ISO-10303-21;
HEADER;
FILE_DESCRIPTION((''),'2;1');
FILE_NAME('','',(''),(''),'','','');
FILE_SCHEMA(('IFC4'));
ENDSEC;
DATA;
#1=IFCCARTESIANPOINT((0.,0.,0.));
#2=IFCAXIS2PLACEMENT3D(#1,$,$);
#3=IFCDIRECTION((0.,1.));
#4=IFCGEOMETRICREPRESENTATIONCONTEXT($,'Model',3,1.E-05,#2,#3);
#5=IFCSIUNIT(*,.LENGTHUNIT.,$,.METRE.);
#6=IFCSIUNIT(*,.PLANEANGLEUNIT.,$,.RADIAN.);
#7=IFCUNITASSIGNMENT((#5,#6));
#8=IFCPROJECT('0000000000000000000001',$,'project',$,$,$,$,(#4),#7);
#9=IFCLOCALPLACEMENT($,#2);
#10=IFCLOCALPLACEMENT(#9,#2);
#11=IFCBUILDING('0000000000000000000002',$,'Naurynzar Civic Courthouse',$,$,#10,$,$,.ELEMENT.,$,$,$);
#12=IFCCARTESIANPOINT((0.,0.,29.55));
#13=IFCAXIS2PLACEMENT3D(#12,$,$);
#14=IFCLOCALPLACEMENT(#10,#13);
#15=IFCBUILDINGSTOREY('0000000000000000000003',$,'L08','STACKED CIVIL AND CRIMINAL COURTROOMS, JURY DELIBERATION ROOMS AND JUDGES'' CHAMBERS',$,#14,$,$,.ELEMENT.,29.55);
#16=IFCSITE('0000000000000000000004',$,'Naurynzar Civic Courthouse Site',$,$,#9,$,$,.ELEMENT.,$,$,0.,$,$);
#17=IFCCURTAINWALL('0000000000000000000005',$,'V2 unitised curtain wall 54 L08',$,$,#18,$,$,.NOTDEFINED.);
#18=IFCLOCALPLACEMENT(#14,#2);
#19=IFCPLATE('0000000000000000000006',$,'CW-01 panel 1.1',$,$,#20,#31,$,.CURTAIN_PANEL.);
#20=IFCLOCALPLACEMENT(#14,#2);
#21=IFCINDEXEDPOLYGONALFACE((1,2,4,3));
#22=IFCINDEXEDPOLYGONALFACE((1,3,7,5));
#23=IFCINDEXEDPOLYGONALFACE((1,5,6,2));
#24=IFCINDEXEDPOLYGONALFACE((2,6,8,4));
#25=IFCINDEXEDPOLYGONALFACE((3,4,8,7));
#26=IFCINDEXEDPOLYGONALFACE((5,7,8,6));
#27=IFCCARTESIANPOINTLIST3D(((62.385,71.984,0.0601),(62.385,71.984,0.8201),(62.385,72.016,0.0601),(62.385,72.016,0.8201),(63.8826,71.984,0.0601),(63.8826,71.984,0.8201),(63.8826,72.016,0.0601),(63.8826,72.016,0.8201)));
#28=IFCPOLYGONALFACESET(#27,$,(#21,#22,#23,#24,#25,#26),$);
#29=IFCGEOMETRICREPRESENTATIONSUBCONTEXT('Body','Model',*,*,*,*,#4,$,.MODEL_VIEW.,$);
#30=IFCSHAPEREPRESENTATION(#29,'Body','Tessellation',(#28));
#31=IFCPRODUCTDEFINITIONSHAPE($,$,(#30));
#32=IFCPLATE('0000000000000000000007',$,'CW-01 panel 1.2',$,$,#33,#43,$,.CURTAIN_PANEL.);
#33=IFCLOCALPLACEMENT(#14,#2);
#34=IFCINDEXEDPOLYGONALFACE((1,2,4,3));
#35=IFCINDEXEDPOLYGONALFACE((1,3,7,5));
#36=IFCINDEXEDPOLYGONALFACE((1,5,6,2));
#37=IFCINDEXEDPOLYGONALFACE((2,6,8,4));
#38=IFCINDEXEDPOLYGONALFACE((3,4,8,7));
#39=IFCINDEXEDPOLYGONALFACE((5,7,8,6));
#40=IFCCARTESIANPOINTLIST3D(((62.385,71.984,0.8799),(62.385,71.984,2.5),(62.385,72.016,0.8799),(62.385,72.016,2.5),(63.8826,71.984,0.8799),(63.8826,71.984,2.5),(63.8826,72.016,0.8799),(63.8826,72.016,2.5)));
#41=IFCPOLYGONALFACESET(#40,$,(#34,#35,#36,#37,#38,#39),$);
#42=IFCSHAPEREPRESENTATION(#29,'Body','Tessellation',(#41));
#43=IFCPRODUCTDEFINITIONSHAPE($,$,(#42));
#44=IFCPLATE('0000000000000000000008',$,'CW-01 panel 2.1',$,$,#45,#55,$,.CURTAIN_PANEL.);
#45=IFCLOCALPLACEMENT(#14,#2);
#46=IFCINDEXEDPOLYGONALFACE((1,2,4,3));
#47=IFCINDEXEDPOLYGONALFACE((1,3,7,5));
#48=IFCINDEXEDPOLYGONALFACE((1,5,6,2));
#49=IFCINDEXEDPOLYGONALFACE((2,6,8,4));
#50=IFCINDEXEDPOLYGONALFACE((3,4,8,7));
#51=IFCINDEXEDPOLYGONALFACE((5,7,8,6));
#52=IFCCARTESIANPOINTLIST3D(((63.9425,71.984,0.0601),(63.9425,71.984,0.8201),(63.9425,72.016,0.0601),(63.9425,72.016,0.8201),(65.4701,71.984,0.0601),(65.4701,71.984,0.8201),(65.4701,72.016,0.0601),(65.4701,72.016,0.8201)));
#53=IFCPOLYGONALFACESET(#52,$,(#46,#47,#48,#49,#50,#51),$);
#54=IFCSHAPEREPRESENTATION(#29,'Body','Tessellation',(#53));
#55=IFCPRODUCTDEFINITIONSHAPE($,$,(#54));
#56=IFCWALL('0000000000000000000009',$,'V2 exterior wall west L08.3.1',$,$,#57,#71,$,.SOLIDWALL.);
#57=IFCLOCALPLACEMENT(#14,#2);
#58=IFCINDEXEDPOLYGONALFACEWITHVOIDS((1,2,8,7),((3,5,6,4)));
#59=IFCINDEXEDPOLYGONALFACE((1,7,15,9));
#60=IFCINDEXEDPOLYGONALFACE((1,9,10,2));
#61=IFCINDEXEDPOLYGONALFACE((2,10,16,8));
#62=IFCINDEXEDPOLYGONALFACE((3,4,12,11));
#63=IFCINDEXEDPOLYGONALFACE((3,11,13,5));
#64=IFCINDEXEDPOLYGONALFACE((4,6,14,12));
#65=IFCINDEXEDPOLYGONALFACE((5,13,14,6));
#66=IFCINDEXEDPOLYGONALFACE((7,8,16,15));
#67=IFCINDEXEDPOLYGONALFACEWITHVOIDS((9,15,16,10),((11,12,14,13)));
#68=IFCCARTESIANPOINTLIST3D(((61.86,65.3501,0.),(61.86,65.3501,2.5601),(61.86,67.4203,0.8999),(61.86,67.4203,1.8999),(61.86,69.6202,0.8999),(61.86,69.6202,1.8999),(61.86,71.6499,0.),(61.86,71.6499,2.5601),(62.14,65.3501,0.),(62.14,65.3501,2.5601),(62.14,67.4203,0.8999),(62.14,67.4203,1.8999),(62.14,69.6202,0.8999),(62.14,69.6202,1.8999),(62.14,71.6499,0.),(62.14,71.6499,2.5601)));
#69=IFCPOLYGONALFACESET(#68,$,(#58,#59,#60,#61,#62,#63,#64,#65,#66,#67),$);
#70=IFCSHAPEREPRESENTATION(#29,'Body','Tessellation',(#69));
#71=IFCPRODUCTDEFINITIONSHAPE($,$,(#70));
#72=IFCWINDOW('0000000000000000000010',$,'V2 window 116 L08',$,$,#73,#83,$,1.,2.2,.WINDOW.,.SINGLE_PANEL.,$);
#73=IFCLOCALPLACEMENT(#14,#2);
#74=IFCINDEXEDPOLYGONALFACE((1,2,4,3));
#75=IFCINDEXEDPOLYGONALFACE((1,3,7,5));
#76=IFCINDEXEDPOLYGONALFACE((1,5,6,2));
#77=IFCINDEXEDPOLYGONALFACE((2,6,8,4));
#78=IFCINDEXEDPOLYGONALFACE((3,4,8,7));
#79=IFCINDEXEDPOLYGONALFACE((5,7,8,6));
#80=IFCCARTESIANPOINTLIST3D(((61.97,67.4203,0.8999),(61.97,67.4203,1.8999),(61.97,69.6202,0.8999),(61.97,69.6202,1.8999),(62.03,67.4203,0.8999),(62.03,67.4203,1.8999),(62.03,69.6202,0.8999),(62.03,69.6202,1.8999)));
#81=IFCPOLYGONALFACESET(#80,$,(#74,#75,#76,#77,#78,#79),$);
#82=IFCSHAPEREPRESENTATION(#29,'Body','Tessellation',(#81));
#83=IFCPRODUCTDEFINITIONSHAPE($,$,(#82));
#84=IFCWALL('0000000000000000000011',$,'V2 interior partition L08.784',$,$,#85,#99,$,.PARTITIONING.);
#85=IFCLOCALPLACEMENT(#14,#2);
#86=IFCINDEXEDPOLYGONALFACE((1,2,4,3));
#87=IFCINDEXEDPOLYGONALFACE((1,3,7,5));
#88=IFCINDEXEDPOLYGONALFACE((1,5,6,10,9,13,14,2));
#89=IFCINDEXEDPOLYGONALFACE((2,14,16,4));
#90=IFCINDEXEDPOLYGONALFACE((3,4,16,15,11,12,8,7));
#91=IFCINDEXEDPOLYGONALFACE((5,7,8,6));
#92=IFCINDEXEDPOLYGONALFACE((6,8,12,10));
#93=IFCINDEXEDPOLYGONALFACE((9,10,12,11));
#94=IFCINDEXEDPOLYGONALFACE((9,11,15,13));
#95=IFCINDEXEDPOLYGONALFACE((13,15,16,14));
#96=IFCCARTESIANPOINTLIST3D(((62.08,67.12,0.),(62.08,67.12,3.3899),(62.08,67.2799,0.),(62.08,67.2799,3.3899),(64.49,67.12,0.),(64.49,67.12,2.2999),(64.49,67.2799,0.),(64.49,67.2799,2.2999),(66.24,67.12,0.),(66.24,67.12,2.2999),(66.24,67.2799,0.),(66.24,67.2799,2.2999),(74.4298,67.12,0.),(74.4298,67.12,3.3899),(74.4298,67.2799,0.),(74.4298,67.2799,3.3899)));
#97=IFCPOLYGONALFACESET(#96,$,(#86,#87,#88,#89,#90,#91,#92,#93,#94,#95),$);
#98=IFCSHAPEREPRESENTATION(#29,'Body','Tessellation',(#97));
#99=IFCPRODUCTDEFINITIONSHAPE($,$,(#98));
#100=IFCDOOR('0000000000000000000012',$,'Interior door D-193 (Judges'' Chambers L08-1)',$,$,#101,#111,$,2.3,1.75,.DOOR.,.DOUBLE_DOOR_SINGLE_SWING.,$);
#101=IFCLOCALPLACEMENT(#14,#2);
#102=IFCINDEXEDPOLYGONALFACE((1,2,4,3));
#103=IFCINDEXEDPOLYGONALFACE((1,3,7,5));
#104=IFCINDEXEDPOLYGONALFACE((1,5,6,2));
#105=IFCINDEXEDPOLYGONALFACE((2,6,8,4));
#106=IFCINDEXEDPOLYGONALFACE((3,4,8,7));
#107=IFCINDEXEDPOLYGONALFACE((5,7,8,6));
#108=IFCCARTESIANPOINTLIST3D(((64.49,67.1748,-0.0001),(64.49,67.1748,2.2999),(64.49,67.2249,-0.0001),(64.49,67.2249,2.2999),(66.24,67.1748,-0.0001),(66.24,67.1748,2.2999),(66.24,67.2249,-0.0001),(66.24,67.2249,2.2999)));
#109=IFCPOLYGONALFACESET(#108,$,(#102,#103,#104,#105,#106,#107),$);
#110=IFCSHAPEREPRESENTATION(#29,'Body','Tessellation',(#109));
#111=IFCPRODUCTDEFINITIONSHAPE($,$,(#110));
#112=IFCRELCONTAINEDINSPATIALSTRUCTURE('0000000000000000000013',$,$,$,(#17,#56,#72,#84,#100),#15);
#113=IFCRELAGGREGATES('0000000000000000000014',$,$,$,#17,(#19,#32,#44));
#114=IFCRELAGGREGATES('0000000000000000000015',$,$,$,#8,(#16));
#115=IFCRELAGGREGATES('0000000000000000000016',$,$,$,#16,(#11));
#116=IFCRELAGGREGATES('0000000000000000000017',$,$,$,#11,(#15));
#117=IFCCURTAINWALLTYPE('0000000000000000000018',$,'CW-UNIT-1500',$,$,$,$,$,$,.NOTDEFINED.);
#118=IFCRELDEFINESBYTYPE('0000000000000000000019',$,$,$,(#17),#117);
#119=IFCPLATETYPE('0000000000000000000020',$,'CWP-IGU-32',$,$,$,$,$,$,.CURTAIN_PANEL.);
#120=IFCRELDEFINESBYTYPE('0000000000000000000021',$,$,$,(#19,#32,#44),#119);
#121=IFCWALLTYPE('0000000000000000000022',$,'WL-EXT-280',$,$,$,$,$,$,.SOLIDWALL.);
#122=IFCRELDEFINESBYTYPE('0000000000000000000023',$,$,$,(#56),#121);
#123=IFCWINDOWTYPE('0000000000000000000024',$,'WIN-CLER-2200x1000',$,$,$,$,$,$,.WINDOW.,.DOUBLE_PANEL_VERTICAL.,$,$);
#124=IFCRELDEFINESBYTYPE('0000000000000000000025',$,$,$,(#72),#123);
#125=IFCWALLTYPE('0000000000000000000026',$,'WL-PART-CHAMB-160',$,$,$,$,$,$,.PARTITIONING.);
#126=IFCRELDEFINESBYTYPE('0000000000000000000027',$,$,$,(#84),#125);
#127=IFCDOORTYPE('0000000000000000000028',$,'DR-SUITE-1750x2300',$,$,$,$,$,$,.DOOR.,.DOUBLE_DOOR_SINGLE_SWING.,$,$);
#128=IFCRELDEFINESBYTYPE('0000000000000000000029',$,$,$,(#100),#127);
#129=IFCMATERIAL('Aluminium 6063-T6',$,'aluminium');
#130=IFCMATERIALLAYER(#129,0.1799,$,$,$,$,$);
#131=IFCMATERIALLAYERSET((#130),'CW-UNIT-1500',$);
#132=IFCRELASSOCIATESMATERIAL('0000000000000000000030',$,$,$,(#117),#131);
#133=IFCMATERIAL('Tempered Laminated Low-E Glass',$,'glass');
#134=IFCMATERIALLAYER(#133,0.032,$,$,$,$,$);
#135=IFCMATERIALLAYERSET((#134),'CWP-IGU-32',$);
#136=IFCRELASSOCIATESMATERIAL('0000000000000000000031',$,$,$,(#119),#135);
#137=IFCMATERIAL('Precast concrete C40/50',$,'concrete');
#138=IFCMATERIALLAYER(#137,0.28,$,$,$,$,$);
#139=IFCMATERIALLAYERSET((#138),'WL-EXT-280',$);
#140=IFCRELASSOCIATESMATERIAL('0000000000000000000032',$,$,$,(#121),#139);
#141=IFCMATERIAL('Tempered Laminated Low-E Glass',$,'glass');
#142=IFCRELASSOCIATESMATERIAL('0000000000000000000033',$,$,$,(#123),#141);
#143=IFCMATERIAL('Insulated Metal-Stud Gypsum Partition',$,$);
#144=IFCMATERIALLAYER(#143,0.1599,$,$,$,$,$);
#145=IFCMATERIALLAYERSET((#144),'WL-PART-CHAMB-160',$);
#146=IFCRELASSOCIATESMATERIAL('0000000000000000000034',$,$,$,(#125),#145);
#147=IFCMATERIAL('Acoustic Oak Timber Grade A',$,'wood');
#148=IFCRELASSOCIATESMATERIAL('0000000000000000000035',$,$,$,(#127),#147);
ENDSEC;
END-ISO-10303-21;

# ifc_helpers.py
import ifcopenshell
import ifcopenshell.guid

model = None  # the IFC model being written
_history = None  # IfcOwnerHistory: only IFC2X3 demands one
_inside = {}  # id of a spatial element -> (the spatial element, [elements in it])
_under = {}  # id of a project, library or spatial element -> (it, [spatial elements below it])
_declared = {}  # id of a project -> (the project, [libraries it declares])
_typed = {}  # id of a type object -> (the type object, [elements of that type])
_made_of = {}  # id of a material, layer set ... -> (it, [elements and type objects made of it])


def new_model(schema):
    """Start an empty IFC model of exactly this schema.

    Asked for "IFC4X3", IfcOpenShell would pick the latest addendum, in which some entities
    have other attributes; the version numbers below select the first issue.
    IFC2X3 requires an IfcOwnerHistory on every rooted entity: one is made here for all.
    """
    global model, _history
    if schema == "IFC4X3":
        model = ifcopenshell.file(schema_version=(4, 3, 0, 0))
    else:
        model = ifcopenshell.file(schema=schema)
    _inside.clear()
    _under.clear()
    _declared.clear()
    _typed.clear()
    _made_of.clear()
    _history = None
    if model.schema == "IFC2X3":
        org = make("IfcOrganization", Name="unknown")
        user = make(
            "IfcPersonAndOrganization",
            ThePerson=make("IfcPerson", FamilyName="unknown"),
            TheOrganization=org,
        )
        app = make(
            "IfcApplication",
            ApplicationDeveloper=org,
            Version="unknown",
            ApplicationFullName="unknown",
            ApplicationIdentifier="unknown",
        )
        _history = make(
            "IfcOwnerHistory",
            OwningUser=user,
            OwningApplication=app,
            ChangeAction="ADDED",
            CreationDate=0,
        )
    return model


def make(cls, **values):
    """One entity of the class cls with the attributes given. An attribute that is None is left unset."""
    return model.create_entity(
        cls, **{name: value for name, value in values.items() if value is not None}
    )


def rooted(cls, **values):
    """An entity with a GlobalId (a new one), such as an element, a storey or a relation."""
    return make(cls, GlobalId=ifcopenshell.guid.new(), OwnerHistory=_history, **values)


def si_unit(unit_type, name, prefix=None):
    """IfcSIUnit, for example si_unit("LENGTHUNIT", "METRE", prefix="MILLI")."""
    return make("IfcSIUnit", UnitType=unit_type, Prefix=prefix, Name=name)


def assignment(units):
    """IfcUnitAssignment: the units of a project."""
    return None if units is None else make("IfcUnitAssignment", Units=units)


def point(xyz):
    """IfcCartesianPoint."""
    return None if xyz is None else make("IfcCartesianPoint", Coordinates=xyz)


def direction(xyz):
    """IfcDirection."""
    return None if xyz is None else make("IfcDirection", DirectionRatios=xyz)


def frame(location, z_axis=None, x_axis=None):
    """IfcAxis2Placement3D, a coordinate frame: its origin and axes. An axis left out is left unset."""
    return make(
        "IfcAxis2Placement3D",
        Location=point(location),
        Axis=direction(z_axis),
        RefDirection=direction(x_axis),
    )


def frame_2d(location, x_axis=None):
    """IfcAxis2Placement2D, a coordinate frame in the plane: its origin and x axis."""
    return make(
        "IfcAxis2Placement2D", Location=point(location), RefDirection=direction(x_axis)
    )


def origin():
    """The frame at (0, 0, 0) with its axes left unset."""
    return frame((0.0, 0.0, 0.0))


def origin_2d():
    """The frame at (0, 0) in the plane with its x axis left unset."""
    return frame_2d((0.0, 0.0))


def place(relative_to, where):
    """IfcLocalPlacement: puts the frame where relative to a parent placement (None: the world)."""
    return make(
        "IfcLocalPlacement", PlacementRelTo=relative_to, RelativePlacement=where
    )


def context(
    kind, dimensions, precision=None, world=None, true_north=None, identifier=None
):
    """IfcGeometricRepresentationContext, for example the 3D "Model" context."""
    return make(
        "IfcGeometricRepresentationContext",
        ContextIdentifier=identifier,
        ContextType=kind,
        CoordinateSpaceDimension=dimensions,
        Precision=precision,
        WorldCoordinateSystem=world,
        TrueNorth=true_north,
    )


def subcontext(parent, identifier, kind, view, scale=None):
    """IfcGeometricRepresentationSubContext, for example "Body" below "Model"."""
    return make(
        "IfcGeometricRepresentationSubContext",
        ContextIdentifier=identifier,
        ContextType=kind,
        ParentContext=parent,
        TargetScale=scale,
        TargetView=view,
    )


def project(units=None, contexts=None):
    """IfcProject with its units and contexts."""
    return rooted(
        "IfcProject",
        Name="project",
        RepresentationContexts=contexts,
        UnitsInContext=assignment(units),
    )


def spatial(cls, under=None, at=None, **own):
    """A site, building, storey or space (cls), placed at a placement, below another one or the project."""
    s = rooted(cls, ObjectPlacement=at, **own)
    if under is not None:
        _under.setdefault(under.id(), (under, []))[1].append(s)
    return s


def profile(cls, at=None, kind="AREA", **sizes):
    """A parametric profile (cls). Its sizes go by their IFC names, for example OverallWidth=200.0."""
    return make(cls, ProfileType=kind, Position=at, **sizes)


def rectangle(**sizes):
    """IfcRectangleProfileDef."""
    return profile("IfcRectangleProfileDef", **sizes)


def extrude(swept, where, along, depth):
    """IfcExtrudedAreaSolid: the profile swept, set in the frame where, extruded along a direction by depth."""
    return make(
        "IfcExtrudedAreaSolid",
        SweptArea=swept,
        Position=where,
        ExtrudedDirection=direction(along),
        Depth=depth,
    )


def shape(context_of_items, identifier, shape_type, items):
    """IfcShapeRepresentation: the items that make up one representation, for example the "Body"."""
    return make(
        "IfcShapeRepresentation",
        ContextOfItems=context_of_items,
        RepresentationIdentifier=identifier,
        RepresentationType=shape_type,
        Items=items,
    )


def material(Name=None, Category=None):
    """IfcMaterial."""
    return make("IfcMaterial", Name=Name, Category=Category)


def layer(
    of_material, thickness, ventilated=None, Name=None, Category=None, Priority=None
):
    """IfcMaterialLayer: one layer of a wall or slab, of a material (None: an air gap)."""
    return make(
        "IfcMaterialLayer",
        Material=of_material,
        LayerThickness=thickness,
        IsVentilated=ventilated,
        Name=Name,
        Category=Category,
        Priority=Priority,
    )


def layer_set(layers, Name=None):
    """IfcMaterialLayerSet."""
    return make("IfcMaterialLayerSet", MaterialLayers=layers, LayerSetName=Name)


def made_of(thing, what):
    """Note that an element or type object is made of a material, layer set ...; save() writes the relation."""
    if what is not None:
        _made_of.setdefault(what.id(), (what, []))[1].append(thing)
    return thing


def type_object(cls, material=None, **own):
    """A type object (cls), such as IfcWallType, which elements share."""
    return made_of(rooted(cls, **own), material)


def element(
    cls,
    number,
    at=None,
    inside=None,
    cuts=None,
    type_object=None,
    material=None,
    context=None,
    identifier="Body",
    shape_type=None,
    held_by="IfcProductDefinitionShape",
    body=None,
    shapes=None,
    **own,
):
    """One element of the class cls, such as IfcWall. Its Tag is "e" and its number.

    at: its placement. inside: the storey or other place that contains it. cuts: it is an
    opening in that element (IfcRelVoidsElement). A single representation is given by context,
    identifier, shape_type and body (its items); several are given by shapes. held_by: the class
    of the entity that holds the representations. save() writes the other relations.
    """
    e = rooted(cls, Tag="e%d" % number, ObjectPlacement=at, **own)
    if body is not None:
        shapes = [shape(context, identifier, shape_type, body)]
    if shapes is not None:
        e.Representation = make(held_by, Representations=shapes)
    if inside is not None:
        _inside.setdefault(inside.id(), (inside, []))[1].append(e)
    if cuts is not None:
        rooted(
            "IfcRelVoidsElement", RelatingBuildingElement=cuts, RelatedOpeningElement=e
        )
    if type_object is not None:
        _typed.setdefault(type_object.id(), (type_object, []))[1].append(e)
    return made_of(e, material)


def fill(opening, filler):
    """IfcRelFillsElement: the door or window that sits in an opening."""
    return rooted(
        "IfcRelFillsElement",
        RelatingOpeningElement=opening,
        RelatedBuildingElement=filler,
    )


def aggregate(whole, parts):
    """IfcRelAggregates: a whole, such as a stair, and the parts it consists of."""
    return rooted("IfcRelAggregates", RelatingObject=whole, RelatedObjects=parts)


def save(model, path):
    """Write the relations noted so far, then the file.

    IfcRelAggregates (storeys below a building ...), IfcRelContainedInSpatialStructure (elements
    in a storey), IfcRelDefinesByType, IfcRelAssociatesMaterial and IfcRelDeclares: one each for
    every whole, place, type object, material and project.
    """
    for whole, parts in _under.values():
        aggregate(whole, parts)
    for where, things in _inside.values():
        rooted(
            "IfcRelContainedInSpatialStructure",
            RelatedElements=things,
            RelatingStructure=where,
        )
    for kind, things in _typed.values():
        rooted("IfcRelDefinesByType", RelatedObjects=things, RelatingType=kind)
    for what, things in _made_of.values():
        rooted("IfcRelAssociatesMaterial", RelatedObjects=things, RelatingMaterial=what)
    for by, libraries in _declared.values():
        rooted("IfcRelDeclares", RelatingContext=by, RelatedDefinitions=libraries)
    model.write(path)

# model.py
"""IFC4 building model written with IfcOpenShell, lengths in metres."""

from ifc_helpers import new_model, si_unit, direction, frame, frame_2d, origin, origin_2d, place, context, subcontext, project, spatial, rectangle, extrude, material, layer, layer_set, type_object, element, fill, aggregate, save


model = new_model("IFC4")

# Units and contexts
model_context = context("Model", 3, precision=1e-05, world=origin(), true_north=direction((0.0, 1.0)))
body_context = subcontext(model_context, "Body", "Model", "MODEL_VIEW")
ifc_project = project(units=[si_unit("LENGTHUNIT", "METRE"), si_unit("PLANEANGLEUNIT", "RADIAN")], contexts=[model_context])

# Site, building, storey
site_placement = place(None, origin())
site = spatial("IfcSite", under=ifc_project, at=site_placement, Name="Naurynzar Civic Courthouse Site", CompositionType="ELEMENT", RefElevation=0.0)
building_placement = place(site_placement, origin())
building = spatial("IfcBuilding", under=site, at=building_placement, Name="Naurynzar Civic Courthouse", CompositionType="ELEMENT")
storey_placement = place(building_placement, frame((0.0, 0.0, 29.55)))
storey = spatial("IfcBuildingStorey", under=building, at=storey_placement, Name="L08", Description="STACKED CIVIL AND CRIMINAL COURTROOMS, JURY DELIBERATION ROOMS AND JUDGES' CHAMBERS", CompositionType="ELEMENT", Elevation=29.55)

# Curtain wall, plates
ifc_material_1 = material(Name="Aluminium 6063-T6", Category="aluminium")
ifc_layer_1 = layer(ifc_material_1, 0.1799)
ifc_layer_set_1 = layer_set([ifc_layer_1], Name="CW-UNIT-1500")
curtain_wall_type = type_object("IfcCurtainWallType", Name="CW-UNIT-1500", PredefinedType="NOTDEFINED", material=ifc_layer_set_1)
curtain_wall_placement = place(storey_placement, origin())
curtain_wall = element("IfcCurtainWall", 1, at=curtain_wall_placement, inside=storey, type_object=curtain_wall_type, Name="V2 unitised curtain wall 54 L08", PredefinedType="NOTDEFINED")
ifc_material_2 = material(Name="Tempered Laminated Low-E Glass", Category="glass")
ifc_layer_2 = layer(ifc_material_2, 0.032)
ifc_layer_set_2 = layer_set([ifc_layer_2], Name="CWP-IGU-32")
plate_type = type_object("IfcPlateType", Name="CWP-IGU-32", PredefinedType="CURTAIN_PANEL", material=ifc_layer_set_2)
plate_1_placement = place(storey_placement, frame((63.1338, 72.0, 0.0601), z_axis=(0.0, 0.0, 1.0), x_axis=(1.0, 0.0, 0.0)))
plate_1 = element("IfcPlate", 2, at=plate_1_placement, type_object=plate_type, Name="CW-01 panel 1.1", PredefinedType="CURTAIN_PANEL", context=body_context, shape_type="SweptSolid", body=[
    extrude(rectangle(XDim=1.4976, YDim=0.032, at=origin_2d()), origin(), (0.0, 0.0, 1.0), 0.76),
])
plate_2_placement = place(storey_placement, frame((63.1338, 72.0, 0.8799), z_axis=(0.0, 0.0, 1.0), x_axis=(1.0, 0.0, 0.0)))
plate_2 = element("IfcPlate", 3, at=plate_2_placement, type_object=plate_type, Name="CW-01 panel 1.2", PredefinedType="CURTAIN_PANEL", context=body_context, shape_type="SweptSolid", body=[
    extrude(rectangle(XDim=1.4976, YDim=0.032, at=origin_2d()), origin(), (0.0, 0.0, 1.0), 1.6201),
])
plate_3_placement = place(storey_placement, frame((64.7063, 72.0, 0.0601), z_axis=(0.0, 0.0, 1.0), x_axis=(1.0, 0.0, 0.0)))
plate_3 = element("IfcPlate", 4, at=plate_3_placement, type_object=plate_type, Name="CW-01 panel 2.1", PredefinedType="CURTAIN_PANEL", context=body_context, shape_type="SweptSolid", body=[
    extrude(rectangle(XDim=1.5276, YDim=0.032, at=origin_2d()), origin(), (0.0, 0.0, 1.0), 0.76),
])
aggregate(curtain_wall, [plate_1, plate_2, plate_3])

# Wall, opening, window
ifc_material_3 = material(Name="Precast concrete C40/50", Category="concrete")
ifc_layer_3 = layer(ifc_material_3, 0.28)
ifc_layer_set_3 = layer_set([ifc_layer_3], Name="WL-EXT-280")
wall_type_1 = type_object("IfcWallType", Name="WL-EXT-280", PredefinedType="SOLIDWALL", material=ifc_layer_set_3)
wall_1_placement = place(storey_placement, frame((62.0, 65.3501, 0.0), z_axis=(0.0, 0.0, 1.0), x_axis=(0.0, 1.0, 0.0)))
wall_1 = element("IfcWall", 5, at=wall_1_placement, inside=storey, type_object=wall_type_1, Name="V2 exterior wall west L08.3.1", PredefinedType="SOLIDWALL", context=body_context, shape_type="SweptSolid", body=[
    extrude(rectangle(XDim=6.2998, YDim=0.28, at=frame_2d((3.1499, 0.0))), origin(), (0.0, 0.0, 1.0), 2.5601),
])
opening_1_placement = place(wall_1_placement, frame((2.0701, 0.0, 0.8999)))
opening_1 = element("IfcOpeningElement", 6, at=opening_1_placement, cuts=wall_1, PredefinedType="OPENING", context=body_context, shape_type="SweptSolid", body=[
    extrude(rectangle(XDim=2.2, YDim=1.0, at=frame_2d((1.1001, 0.5))), frame((0.0, 0.1499, 0.0), z_axis=(0.0, -1.0, 0.0), x_axis=(1.0, 0.0, 0.0)), (0.0, 0.0, 1.0), 0.3),
])
ifc_material_4 = material(Name="Tempered Laminated Low-E Glass", Category="glass")
window_type = type_object("IfcWindowType", Name="WIN-CLER-2200x1000", PartitioningType="DOUBLE_PANEL_VERTICAL", PredefinedType="WINDOW", material=ifc_material_4)
window_placement = place(opening_1_placement, origin())
window = element("IfcWindow", 7, at=window_placement, inside=storey, type_object=window_type, Name="V2 window 116 L08", OverallHeight=1.0, OverallWidth=2.2, PartitioningType="SINGLE_PANEL", PredefinedType="WINDOW", context=body_context, shape_type="SweptSolid", body=[
    extrude(rectangle(XDim=2.2, YDim=1.0, at=frame_2d((1.1001, 0.5))), frame((0.0, 0.03, 0.0), z_axis=(0.0, -1.0, 0.0), x_axis=(1.0, 0.0, 0.0)), (0.0, 0.0, 1.0), 0.0601),
])
fill(opening_1, window)

# Wall, opening, door
ifc_material_5 = material(Name="Insulated Metal-Stud Gypsum Partition")
ifc_layer_4 = layer(ifc_material_5, 0.1599)
ifc_layer_set_4 = layer_set([ifc_layer_4], Name="WL-PART-CHAMB-160")
wall_type_2 = type_object("IfcWallType", Name="WL-PART-CHAMB-160", PredefinedType="PARTITIONING", material=ifc_layer_set_4)
wall_2_placement = place(storey_placement, frame((62.0801, 67.2, 0.0), z_axis=(0.0, 0.0, 1.0), x_axis=(1.0, 0.0, 0.0)))
wall_2 = element("IfcWall", 8, at=wall_2_placement, inside=storey, type_object=wall_type_2, Name="V2 interior partition L08.784", PredefinedType="PARTITIONING", context=body_context, shape_type="SweptSolid", body=[
    extrude(rectangle(XDim=12.3499, YDim=0.1599, at=frame_2d((6.1748, 0.0))), origin(), (0.0, 0.0, 1.0), 3.3899),
])
opening_2_placement = place(wall_2_placement, frame((2.4099, 0.0, 0.0)))
opening_2 = element("IfcOpeningElement", 9, at=opening_2_placement, cuts=wall_2, PredefinedType="OPENING", context=body_context, shape_type="SweptSolid", body=[
    extrude(rectangle(XDim=1.75, YDim=2.3, at=frame_2d((0.875, 1.1499))), frame((0.0, 0.0898, 0.0), z_axis=(0.0, -1.0, 0.0), x_axis=(1.0, 0.0, 0.0)), (0.0, 0.0, 1.0), 0.1799),
])
ifc_material_6 = material(Name="Acoustic Oak Timber Grade A", Category="wood")
door_type = type_object("IfcDoorType", Name="DR-SUITE-1750x2300", OperationType="DOUBLE_DOOR_SINGLE_SWING", PredefinedType="DOOR", material=ifc_material_6)
door_placement = place(opening_2_placement, origin())
door = element("IfcDoor", 10, at=door_placement, inside=storey, type_object=door_type, Name="Interior door D-193 (Judges' Chambers L08-1)", OperationType="DOUBLE_DOOR_SINGLE_SWING", OverallHeight=2.3, OverallWidth=1.75, PredefinedType="DOOR", context=body_context, shape_type="SweptSolid", body=[
    extrude(rectangle(XDim=1.75, YDim=2.3, at=frame_2d((0.875, 1.1499))), frame((0.0, 0.0249, 0.0), z_axis=(0.0, -1.0, 0.0), x_axis=(1.0, 0.0, 0.0)), (0.0, 0.0, 1.0), 0.05),
])
fill(opening_2, door)

save(model, "model.ifc")
